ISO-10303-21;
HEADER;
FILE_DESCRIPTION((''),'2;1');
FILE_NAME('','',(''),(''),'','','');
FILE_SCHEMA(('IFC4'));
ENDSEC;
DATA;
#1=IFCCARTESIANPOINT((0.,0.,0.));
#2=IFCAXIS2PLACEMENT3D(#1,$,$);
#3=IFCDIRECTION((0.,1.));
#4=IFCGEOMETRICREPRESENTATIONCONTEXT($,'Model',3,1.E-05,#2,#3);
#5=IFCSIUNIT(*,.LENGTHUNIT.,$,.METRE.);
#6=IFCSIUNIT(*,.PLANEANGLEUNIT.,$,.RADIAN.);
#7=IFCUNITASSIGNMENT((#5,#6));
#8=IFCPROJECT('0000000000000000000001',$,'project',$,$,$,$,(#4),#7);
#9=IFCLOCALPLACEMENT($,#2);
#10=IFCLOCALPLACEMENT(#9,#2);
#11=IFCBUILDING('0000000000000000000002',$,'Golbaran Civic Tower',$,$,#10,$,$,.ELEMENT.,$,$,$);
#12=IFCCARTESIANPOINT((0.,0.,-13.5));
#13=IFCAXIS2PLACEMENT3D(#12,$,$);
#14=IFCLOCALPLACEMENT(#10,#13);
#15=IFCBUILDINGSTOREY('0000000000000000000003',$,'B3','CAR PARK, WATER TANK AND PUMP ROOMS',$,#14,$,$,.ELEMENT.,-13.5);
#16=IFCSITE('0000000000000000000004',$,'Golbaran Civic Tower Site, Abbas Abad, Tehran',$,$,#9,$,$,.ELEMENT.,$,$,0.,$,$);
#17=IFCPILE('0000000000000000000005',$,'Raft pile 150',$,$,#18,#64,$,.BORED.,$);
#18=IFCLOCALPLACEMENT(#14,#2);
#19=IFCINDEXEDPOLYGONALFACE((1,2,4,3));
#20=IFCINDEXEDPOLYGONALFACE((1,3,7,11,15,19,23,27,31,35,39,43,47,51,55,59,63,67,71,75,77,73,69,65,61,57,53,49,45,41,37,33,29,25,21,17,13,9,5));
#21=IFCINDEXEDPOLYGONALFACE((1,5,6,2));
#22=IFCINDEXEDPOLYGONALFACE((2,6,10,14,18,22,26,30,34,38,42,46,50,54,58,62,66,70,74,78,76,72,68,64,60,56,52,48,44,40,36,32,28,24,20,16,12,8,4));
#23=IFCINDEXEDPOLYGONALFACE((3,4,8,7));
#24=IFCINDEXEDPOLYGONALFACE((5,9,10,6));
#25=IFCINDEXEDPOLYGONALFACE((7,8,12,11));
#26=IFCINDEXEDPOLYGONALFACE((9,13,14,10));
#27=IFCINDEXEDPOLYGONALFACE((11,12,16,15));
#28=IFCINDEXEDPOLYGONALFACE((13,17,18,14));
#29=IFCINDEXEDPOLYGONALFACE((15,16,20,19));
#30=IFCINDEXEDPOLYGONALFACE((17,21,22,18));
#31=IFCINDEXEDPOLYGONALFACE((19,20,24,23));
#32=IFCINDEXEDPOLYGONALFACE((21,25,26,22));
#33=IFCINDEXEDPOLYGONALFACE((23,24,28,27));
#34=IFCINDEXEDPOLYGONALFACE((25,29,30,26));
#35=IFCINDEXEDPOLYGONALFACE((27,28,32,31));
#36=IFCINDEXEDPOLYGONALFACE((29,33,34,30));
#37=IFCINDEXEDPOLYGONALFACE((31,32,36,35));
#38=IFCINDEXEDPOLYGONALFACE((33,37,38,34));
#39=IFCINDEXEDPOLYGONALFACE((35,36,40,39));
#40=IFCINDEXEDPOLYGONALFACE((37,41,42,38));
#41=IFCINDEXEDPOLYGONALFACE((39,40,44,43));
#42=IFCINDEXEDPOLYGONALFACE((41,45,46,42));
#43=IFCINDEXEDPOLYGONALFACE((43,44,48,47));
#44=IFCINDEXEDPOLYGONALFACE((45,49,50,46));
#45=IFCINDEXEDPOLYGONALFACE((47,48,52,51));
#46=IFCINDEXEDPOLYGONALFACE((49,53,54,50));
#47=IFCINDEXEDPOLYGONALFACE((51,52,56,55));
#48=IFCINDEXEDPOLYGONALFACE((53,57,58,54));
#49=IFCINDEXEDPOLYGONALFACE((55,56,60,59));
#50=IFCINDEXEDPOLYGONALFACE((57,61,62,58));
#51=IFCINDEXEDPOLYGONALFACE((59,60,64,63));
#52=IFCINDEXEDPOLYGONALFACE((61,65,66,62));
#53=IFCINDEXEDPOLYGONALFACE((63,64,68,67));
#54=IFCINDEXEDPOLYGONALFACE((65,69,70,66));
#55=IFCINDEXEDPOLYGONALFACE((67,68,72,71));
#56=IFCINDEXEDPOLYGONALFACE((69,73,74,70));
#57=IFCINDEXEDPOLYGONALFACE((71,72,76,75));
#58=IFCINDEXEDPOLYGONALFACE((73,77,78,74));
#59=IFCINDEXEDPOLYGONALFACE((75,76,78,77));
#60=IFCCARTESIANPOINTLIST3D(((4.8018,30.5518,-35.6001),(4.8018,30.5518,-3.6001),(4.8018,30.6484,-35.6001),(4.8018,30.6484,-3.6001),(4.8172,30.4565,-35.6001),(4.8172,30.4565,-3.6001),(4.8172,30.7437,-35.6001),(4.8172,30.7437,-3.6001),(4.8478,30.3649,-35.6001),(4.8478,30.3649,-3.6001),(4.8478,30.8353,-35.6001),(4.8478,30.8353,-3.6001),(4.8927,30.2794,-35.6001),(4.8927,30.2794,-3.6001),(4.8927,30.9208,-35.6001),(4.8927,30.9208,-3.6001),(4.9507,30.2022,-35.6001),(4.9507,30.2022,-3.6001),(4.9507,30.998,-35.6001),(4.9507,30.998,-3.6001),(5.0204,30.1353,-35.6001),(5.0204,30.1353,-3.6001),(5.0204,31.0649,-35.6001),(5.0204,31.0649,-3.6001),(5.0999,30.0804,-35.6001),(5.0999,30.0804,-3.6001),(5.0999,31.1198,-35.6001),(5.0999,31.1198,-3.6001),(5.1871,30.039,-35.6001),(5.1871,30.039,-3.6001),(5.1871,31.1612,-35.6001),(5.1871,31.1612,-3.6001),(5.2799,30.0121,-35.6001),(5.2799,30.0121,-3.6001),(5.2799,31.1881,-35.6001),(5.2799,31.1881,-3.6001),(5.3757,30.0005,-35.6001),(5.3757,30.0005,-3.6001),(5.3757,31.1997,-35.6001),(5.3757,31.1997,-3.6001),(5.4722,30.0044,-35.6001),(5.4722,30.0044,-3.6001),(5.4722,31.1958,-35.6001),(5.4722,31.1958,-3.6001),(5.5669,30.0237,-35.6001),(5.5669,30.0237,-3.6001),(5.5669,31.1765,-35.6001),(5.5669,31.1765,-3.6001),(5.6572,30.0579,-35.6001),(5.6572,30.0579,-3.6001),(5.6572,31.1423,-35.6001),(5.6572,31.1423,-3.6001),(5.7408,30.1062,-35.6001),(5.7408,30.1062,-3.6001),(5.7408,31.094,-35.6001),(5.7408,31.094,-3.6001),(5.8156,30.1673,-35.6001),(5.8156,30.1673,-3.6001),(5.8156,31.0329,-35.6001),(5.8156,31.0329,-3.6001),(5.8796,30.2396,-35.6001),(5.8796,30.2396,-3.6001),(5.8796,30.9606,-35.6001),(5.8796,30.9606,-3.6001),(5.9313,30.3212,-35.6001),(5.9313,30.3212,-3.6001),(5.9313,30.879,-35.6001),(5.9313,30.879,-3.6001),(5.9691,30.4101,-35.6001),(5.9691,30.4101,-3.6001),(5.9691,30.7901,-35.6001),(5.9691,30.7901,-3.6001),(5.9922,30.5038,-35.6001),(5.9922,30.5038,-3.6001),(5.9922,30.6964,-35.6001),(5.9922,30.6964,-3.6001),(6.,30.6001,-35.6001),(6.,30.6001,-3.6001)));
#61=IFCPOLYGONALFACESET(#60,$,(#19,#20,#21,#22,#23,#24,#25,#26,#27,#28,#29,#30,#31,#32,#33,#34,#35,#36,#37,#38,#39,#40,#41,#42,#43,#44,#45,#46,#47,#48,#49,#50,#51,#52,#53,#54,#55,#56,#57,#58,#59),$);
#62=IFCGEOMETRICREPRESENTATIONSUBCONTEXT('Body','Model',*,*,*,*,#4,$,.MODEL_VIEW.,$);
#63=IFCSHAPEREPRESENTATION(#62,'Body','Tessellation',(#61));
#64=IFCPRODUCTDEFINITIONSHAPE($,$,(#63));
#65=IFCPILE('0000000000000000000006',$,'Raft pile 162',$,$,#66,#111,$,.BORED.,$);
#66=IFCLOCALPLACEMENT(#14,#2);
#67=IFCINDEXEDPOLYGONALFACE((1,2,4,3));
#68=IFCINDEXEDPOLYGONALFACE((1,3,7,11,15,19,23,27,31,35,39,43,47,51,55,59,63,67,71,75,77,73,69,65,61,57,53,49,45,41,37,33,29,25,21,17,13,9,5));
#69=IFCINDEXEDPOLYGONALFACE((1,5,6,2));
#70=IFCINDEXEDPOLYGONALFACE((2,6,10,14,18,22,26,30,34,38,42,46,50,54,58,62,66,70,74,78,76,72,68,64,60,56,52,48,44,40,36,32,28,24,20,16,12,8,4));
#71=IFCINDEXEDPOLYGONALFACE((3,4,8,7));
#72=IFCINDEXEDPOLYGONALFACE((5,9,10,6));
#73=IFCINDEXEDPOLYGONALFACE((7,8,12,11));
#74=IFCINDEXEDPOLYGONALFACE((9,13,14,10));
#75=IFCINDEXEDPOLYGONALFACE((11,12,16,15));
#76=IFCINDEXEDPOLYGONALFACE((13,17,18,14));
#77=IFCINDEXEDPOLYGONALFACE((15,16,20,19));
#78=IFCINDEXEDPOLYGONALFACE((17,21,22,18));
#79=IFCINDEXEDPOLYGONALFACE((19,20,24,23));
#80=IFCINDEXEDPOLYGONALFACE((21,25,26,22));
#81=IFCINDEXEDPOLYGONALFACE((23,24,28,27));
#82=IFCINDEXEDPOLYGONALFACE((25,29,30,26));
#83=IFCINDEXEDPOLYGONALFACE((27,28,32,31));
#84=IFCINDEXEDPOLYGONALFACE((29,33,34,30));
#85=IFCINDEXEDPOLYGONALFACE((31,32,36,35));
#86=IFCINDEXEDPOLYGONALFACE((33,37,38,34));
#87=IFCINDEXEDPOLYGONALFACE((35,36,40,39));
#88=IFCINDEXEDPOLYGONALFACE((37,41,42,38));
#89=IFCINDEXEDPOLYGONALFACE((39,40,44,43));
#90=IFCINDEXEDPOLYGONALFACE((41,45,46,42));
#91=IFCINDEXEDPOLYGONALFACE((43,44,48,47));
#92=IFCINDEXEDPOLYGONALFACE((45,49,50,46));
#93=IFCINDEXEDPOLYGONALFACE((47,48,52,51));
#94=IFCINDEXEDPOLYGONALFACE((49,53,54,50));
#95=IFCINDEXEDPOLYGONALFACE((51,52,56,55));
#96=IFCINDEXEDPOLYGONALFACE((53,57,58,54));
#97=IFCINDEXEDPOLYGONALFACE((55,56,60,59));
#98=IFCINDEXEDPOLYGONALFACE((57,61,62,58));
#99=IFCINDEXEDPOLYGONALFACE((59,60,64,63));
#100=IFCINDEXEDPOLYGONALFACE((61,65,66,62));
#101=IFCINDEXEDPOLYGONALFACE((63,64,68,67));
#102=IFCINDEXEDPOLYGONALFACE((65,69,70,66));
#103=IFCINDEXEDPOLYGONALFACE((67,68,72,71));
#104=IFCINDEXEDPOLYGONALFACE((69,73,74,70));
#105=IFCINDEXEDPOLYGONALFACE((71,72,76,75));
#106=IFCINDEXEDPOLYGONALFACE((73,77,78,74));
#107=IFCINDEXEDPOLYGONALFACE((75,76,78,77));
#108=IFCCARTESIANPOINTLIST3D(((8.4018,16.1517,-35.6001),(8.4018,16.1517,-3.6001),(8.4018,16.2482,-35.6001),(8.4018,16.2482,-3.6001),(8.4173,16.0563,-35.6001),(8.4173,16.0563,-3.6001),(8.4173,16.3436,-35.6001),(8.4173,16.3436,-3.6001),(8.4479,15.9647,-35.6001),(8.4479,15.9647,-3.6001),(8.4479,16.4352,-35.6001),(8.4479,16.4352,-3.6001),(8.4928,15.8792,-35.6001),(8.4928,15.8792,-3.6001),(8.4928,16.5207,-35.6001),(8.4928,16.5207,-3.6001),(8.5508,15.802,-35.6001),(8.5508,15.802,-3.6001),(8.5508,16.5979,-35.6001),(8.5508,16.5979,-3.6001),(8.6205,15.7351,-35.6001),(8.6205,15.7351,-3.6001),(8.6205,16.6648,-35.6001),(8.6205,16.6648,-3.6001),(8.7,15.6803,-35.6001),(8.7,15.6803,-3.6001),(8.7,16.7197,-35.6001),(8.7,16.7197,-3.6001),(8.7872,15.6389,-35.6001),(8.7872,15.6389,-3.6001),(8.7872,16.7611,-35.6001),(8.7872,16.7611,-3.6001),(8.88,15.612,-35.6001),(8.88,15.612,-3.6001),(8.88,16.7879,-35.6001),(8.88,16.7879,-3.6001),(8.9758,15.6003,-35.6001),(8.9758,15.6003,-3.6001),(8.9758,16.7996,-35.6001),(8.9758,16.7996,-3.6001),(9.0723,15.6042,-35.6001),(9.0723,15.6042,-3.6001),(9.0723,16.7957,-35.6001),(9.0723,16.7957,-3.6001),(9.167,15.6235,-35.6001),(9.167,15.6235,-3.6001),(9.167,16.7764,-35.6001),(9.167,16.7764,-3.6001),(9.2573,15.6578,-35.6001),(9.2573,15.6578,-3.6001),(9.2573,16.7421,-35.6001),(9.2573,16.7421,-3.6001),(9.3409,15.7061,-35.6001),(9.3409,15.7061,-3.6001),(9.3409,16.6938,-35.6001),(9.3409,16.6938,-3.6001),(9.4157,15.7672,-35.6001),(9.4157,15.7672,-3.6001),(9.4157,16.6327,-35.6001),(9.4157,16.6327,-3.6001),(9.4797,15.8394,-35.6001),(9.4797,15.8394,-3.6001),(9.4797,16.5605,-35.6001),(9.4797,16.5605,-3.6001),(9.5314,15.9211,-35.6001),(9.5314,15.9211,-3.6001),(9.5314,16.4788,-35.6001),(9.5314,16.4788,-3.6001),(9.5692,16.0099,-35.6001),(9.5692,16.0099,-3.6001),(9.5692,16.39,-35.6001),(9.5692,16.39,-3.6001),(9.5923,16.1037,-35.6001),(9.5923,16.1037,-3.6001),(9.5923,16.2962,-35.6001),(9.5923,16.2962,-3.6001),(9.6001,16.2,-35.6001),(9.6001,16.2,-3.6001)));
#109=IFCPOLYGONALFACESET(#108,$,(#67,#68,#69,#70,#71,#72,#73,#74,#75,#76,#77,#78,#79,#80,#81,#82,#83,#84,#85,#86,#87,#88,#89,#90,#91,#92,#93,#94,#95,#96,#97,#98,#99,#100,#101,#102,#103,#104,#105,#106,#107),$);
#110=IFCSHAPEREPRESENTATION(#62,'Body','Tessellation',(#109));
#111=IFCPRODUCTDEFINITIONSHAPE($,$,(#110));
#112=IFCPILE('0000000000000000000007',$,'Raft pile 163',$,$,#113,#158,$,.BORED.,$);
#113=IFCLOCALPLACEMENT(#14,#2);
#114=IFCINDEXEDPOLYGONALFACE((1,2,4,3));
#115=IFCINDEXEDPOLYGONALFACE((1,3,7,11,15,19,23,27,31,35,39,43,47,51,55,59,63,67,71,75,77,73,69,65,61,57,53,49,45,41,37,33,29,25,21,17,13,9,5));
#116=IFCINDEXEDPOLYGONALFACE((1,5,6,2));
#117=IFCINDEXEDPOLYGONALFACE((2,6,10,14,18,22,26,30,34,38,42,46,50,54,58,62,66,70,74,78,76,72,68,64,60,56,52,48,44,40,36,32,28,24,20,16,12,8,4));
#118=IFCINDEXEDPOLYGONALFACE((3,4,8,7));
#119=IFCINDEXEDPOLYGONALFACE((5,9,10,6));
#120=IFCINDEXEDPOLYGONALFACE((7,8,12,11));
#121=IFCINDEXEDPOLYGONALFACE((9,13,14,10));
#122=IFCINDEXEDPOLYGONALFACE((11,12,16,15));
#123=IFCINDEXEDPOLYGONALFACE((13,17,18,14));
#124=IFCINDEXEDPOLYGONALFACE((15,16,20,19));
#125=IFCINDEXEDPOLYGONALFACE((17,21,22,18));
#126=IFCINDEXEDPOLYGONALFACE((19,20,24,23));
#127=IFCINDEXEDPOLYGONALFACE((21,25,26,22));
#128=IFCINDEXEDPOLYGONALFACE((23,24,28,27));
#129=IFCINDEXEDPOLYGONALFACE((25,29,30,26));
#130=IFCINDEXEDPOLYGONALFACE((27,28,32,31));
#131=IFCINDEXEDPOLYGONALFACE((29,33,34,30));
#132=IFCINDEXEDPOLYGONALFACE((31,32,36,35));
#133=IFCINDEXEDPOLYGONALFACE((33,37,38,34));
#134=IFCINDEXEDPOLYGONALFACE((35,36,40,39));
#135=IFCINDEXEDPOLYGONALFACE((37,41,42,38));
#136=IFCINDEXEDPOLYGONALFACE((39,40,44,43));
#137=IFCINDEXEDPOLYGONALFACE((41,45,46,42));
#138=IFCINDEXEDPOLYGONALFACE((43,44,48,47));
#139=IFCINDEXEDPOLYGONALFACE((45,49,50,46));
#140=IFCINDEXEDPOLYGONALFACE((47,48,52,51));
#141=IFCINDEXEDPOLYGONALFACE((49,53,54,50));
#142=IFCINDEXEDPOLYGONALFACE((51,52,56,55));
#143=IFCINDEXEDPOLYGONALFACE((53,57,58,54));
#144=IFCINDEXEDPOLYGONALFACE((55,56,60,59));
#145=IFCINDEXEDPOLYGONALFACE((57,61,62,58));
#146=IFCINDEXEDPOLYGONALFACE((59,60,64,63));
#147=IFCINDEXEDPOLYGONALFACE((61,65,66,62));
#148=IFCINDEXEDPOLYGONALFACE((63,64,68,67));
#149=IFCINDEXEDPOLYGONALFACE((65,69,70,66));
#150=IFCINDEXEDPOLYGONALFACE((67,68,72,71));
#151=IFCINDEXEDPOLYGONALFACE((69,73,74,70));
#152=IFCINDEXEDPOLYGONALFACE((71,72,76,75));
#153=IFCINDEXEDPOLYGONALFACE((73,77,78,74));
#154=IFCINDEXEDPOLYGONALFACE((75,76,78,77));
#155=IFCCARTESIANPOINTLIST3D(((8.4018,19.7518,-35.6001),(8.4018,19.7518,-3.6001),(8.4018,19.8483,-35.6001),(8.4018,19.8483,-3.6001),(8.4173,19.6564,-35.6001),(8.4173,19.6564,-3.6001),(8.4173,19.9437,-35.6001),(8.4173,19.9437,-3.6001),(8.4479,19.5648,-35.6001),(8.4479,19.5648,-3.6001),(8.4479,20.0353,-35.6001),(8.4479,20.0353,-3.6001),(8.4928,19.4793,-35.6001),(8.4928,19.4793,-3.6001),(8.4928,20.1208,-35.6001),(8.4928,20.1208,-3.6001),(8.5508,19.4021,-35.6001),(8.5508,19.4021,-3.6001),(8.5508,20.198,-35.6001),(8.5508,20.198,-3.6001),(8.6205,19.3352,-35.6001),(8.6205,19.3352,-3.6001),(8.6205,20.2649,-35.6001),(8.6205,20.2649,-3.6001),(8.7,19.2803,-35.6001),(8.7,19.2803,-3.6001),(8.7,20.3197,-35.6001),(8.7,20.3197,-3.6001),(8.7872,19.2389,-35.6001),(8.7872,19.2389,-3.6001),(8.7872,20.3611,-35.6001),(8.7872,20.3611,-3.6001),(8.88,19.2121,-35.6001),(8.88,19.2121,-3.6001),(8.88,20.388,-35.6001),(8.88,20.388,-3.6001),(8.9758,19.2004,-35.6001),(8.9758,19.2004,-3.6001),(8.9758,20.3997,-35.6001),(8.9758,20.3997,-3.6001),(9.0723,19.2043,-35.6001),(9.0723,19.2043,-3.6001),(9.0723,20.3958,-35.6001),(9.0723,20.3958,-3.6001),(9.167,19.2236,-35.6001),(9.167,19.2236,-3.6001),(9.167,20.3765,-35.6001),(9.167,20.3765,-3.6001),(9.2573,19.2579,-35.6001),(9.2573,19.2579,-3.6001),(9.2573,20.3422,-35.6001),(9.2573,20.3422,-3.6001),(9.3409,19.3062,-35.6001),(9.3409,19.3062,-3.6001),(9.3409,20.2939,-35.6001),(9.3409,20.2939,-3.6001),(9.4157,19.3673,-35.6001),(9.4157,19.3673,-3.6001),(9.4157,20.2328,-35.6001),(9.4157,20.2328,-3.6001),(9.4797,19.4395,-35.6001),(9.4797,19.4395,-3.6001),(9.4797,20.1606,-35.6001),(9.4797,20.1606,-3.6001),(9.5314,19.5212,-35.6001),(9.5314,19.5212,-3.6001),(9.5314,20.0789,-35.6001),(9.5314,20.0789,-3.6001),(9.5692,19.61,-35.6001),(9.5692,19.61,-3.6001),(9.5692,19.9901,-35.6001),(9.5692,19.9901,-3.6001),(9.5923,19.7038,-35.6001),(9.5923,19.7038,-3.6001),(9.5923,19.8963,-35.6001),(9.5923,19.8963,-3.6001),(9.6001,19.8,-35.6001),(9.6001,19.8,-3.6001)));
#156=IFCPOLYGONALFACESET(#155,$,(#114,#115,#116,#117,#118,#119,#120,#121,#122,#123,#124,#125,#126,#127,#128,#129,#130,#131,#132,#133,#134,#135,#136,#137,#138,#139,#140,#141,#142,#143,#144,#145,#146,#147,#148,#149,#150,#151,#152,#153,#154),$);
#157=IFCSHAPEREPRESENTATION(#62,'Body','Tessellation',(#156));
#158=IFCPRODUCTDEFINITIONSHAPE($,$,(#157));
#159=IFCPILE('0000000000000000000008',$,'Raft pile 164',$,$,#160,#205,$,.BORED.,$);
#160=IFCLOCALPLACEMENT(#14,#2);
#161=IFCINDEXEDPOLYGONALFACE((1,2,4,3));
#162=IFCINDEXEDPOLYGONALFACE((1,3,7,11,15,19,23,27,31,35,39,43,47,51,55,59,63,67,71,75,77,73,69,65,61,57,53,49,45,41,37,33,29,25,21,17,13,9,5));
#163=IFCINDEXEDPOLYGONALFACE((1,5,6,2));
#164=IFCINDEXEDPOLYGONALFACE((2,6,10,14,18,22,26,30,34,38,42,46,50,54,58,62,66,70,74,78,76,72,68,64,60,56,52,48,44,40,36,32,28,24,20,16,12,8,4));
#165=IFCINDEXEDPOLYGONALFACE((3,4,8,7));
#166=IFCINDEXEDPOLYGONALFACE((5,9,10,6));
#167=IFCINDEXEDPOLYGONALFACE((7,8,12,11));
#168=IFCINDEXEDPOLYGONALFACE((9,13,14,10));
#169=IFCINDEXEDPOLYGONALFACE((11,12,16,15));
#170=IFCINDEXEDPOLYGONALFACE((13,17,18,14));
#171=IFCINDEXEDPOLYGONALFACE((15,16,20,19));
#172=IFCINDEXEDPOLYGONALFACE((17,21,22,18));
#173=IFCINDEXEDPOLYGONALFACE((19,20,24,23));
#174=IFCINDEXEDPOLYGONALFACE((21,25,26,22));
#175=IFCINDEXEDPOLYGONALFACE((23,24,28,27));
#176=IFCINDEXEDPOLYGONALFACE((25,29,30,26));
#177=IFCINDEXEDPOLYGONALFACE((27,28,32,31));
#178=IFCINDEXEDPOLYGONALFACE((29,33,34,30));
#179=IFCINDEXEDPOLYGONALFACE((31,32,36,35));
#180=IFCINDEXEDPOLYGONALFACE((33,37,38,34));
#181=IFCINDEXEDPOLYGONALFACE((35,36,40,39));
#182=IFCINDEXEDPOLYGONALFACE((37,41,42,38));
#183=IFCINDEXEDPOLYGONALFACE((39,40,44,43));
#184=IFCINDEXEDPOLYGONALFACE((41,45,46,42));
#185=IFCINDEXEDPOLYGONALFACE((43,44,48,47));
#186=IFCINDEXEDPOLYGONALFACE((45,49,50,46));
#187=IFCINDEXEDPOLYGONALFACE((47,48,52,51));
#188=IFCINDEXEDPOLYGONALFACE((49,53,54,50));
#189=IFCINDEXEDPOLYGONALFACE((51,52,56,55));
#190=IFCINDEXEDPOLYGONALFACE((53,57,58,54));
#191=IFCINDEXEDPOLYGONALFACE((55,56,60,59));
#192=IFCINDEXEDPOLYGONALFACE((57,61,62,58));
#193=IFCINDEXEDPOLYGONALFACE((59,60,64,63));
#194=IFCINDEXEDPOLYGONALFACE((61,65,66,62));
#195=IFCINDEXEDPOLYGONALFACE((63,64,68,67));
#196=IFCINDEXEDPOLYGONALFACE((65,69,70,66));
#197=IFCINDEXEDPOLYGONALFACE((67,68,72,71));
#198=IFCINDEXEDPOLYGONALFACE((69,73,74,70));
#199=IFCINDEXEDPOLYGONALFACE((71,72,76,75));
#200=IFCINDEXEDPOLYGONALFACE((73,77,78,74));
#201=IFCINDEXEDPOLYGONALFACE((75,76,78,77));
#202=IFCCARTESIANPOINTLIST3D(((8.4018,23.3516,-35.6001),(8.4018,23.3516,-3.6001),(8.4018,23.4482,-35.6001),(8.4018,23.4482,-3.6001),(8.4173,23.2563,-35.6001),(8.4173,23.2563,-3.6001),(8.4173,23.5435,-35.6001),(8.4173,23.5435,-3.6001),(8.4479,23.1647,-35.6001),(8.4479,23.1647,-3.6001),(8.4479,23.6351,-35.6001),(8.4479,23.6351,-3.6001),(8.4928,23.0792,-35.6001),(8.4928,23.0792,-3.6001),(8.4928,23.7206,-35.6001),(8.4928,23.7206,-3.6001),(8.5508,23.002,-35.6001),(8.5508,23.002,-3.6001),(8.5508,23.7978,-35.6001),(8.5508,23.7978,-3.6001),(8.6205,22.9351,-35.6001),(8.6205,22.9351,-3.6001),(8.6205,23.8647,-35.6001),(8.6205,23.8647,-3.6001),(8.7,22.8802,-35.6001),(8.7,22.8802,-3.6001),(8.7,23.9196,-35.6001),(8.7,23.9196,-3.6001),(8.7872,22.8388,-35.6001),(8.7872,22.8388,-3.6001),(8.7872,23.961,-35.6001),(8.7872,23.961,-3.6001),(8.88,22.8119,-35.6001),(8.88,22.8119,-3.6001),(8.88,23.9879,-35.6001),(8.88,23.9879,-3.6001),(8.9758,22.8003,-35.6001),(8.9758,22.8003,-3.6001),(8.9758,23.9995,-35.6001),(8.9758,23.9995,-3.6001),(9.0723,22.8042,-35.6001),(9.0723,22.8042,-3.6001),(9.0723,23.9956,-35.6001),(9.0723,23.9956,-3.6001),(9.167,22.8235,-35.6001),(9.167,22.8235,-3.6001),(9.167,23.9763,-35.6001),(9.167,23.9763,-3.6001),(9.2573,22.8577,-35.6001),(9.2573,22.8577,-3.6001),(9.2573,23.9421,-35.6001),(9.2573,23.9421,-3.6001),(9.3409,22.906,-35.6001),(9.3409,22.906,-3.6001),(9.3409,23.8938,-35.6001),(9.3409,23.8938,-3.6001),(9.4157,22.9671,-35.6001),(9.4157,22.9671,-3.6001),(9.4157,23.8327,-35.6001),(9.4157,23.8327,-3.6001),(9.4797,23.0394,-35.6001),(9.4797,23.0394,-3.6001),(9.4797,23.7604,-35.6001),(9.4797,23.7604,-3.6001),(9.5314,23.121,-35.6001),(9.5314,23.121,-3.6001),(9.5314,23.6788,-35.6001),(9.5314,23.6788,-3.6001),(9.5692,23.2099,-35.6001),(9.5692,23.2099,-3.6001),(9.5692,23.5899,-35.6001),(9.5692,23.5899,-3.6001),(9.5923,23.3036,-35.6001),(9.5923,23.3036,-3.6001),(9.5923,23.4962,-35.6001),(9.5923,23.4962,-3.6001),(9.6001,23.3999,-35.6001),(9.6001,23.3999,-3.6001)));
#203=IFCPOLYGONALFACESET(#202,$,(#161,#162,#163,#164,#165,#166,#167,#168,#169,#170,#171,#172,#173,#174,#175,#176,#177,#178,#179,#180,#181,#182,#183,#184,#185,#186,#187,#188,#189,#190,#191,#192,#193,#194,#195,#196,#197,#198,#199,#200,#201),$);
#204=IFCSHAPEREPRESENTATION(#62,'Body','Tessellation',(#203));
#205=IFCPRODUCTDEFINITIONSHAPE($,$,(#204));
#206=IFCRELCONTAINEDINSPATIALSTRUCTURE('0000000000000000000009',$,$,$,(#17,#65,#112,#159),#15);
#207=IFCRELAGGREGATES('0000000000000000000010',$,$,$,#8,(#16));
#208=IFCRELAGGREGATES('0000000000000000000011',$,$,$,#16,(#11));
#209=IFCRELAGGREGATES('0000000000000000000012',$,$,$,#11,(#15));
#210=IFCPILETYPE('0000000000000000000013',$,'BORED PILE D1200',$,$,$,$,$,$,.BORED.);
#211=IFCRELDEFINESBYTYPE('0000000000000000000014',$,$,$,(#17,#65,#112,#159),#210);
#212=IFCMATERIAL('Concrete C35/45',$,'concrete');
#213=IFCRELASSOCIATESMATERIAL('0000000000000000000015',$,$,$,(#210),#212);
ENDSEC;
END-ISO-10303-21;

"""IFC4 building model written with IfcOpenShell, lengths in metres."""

from ifc_helpers import new_model, si_unit, direction, frame, origin, origin_2d, place, context, subcontext, project, spatial, circle, extrude, material, material_profile, profile_set, type_object, element, save


model = new_model("IFC4")

# Units and contexts
model_context = context("Model", 3, precision=1e-05, world=origin(), true_north=direction((0.0, 1.0)))
body_context = subcontext(model_context, "Body", "Model", "MODEL_VIEW")
ifc_project = project(units=[si_unit("LENGTHUNIT", "METRE"), si_unit("PLANEANGLEUNIT", "RADIAN")], contexts=[model_context])

# Site, building, storey
site_placement = place(None, origin())
site = spatial("IfcSite", under=ifc_project, at=site_placement, Name="Golbaran Civic Tower Site, Abbas Abad, Tehran", CompositionType="ELEMENT", RefElevation=0.0)
building_placement = place(site_placement, origin())
building = spatial("IfcBuilding", under=site, at=building_placement, Name="Golbaran Civic Tower", CompositionType="ELEMENT")
storey_placement = place(building_placement, frame((0.0, 0.0, -13.5)))
storey = spatial("IfcBuildingStorey", under=building, at=storey_placement, Name="B3", Description="CAR PARK, WATER TANK AND PUMP ROOMS", CompositionType="ELEMENT", Elevation=-13.5)

# Piles
ifc_material_1 = material(Name="Concrete C35/45", Category="concrete")
ifc_material_profile_1 = material_profile(ifc_material_1, circle(Radius=0.6001, at=origin_2d()), Name="BORED PILE D1200")
ifc_profile_set_1 = profile_set([ifc_material_profile_1], Name="Concrete C35/45")
pile_type_1 = type_object("IfcPileType", Name="BORED PILE D1200", PredefinedType="BORED", material=ifc_profile_set_1)
for number, where, z_axis, x_axis, name in (
    (1, (5.3999, 30.6001, -3.6001), (0.0, 0.0, -1.0), (1.0, 0.0, 0.0), "Raft pile 150"),
    (2, (9.0, 16.2, -3.6001), (0.0, 0.0, -1.0), (1.0, 0.0, 0.0), "Raft pile 162"),
    (3, (9.0, 19.8, -3.6001), (0.0, 0.0, -1.0), (1.0, 0.0, 0.0), "Raft pile 163"),
    (4, (9.0, 23.3999, -3.6001), (0.0, 0.0, -1.0), (1.0, 0.0, 0.0), "Raft pile 164"),
):
    element("IfcPile", number, at=place(storey_placement, frame(where, z_axis=z_axis, x_axis=x_axis)), inside=storey, type_object=pile_type_1, Name=name, PredefinedType="BORED", context=body_context, shape_type="SweptSolid", body=[
        extrude(circle(Radius=0.6001, at=origin_2d()), origin(), (0.0, 0.0, 1.0), 32.0),
    ])

save(model, "model.ifc")
